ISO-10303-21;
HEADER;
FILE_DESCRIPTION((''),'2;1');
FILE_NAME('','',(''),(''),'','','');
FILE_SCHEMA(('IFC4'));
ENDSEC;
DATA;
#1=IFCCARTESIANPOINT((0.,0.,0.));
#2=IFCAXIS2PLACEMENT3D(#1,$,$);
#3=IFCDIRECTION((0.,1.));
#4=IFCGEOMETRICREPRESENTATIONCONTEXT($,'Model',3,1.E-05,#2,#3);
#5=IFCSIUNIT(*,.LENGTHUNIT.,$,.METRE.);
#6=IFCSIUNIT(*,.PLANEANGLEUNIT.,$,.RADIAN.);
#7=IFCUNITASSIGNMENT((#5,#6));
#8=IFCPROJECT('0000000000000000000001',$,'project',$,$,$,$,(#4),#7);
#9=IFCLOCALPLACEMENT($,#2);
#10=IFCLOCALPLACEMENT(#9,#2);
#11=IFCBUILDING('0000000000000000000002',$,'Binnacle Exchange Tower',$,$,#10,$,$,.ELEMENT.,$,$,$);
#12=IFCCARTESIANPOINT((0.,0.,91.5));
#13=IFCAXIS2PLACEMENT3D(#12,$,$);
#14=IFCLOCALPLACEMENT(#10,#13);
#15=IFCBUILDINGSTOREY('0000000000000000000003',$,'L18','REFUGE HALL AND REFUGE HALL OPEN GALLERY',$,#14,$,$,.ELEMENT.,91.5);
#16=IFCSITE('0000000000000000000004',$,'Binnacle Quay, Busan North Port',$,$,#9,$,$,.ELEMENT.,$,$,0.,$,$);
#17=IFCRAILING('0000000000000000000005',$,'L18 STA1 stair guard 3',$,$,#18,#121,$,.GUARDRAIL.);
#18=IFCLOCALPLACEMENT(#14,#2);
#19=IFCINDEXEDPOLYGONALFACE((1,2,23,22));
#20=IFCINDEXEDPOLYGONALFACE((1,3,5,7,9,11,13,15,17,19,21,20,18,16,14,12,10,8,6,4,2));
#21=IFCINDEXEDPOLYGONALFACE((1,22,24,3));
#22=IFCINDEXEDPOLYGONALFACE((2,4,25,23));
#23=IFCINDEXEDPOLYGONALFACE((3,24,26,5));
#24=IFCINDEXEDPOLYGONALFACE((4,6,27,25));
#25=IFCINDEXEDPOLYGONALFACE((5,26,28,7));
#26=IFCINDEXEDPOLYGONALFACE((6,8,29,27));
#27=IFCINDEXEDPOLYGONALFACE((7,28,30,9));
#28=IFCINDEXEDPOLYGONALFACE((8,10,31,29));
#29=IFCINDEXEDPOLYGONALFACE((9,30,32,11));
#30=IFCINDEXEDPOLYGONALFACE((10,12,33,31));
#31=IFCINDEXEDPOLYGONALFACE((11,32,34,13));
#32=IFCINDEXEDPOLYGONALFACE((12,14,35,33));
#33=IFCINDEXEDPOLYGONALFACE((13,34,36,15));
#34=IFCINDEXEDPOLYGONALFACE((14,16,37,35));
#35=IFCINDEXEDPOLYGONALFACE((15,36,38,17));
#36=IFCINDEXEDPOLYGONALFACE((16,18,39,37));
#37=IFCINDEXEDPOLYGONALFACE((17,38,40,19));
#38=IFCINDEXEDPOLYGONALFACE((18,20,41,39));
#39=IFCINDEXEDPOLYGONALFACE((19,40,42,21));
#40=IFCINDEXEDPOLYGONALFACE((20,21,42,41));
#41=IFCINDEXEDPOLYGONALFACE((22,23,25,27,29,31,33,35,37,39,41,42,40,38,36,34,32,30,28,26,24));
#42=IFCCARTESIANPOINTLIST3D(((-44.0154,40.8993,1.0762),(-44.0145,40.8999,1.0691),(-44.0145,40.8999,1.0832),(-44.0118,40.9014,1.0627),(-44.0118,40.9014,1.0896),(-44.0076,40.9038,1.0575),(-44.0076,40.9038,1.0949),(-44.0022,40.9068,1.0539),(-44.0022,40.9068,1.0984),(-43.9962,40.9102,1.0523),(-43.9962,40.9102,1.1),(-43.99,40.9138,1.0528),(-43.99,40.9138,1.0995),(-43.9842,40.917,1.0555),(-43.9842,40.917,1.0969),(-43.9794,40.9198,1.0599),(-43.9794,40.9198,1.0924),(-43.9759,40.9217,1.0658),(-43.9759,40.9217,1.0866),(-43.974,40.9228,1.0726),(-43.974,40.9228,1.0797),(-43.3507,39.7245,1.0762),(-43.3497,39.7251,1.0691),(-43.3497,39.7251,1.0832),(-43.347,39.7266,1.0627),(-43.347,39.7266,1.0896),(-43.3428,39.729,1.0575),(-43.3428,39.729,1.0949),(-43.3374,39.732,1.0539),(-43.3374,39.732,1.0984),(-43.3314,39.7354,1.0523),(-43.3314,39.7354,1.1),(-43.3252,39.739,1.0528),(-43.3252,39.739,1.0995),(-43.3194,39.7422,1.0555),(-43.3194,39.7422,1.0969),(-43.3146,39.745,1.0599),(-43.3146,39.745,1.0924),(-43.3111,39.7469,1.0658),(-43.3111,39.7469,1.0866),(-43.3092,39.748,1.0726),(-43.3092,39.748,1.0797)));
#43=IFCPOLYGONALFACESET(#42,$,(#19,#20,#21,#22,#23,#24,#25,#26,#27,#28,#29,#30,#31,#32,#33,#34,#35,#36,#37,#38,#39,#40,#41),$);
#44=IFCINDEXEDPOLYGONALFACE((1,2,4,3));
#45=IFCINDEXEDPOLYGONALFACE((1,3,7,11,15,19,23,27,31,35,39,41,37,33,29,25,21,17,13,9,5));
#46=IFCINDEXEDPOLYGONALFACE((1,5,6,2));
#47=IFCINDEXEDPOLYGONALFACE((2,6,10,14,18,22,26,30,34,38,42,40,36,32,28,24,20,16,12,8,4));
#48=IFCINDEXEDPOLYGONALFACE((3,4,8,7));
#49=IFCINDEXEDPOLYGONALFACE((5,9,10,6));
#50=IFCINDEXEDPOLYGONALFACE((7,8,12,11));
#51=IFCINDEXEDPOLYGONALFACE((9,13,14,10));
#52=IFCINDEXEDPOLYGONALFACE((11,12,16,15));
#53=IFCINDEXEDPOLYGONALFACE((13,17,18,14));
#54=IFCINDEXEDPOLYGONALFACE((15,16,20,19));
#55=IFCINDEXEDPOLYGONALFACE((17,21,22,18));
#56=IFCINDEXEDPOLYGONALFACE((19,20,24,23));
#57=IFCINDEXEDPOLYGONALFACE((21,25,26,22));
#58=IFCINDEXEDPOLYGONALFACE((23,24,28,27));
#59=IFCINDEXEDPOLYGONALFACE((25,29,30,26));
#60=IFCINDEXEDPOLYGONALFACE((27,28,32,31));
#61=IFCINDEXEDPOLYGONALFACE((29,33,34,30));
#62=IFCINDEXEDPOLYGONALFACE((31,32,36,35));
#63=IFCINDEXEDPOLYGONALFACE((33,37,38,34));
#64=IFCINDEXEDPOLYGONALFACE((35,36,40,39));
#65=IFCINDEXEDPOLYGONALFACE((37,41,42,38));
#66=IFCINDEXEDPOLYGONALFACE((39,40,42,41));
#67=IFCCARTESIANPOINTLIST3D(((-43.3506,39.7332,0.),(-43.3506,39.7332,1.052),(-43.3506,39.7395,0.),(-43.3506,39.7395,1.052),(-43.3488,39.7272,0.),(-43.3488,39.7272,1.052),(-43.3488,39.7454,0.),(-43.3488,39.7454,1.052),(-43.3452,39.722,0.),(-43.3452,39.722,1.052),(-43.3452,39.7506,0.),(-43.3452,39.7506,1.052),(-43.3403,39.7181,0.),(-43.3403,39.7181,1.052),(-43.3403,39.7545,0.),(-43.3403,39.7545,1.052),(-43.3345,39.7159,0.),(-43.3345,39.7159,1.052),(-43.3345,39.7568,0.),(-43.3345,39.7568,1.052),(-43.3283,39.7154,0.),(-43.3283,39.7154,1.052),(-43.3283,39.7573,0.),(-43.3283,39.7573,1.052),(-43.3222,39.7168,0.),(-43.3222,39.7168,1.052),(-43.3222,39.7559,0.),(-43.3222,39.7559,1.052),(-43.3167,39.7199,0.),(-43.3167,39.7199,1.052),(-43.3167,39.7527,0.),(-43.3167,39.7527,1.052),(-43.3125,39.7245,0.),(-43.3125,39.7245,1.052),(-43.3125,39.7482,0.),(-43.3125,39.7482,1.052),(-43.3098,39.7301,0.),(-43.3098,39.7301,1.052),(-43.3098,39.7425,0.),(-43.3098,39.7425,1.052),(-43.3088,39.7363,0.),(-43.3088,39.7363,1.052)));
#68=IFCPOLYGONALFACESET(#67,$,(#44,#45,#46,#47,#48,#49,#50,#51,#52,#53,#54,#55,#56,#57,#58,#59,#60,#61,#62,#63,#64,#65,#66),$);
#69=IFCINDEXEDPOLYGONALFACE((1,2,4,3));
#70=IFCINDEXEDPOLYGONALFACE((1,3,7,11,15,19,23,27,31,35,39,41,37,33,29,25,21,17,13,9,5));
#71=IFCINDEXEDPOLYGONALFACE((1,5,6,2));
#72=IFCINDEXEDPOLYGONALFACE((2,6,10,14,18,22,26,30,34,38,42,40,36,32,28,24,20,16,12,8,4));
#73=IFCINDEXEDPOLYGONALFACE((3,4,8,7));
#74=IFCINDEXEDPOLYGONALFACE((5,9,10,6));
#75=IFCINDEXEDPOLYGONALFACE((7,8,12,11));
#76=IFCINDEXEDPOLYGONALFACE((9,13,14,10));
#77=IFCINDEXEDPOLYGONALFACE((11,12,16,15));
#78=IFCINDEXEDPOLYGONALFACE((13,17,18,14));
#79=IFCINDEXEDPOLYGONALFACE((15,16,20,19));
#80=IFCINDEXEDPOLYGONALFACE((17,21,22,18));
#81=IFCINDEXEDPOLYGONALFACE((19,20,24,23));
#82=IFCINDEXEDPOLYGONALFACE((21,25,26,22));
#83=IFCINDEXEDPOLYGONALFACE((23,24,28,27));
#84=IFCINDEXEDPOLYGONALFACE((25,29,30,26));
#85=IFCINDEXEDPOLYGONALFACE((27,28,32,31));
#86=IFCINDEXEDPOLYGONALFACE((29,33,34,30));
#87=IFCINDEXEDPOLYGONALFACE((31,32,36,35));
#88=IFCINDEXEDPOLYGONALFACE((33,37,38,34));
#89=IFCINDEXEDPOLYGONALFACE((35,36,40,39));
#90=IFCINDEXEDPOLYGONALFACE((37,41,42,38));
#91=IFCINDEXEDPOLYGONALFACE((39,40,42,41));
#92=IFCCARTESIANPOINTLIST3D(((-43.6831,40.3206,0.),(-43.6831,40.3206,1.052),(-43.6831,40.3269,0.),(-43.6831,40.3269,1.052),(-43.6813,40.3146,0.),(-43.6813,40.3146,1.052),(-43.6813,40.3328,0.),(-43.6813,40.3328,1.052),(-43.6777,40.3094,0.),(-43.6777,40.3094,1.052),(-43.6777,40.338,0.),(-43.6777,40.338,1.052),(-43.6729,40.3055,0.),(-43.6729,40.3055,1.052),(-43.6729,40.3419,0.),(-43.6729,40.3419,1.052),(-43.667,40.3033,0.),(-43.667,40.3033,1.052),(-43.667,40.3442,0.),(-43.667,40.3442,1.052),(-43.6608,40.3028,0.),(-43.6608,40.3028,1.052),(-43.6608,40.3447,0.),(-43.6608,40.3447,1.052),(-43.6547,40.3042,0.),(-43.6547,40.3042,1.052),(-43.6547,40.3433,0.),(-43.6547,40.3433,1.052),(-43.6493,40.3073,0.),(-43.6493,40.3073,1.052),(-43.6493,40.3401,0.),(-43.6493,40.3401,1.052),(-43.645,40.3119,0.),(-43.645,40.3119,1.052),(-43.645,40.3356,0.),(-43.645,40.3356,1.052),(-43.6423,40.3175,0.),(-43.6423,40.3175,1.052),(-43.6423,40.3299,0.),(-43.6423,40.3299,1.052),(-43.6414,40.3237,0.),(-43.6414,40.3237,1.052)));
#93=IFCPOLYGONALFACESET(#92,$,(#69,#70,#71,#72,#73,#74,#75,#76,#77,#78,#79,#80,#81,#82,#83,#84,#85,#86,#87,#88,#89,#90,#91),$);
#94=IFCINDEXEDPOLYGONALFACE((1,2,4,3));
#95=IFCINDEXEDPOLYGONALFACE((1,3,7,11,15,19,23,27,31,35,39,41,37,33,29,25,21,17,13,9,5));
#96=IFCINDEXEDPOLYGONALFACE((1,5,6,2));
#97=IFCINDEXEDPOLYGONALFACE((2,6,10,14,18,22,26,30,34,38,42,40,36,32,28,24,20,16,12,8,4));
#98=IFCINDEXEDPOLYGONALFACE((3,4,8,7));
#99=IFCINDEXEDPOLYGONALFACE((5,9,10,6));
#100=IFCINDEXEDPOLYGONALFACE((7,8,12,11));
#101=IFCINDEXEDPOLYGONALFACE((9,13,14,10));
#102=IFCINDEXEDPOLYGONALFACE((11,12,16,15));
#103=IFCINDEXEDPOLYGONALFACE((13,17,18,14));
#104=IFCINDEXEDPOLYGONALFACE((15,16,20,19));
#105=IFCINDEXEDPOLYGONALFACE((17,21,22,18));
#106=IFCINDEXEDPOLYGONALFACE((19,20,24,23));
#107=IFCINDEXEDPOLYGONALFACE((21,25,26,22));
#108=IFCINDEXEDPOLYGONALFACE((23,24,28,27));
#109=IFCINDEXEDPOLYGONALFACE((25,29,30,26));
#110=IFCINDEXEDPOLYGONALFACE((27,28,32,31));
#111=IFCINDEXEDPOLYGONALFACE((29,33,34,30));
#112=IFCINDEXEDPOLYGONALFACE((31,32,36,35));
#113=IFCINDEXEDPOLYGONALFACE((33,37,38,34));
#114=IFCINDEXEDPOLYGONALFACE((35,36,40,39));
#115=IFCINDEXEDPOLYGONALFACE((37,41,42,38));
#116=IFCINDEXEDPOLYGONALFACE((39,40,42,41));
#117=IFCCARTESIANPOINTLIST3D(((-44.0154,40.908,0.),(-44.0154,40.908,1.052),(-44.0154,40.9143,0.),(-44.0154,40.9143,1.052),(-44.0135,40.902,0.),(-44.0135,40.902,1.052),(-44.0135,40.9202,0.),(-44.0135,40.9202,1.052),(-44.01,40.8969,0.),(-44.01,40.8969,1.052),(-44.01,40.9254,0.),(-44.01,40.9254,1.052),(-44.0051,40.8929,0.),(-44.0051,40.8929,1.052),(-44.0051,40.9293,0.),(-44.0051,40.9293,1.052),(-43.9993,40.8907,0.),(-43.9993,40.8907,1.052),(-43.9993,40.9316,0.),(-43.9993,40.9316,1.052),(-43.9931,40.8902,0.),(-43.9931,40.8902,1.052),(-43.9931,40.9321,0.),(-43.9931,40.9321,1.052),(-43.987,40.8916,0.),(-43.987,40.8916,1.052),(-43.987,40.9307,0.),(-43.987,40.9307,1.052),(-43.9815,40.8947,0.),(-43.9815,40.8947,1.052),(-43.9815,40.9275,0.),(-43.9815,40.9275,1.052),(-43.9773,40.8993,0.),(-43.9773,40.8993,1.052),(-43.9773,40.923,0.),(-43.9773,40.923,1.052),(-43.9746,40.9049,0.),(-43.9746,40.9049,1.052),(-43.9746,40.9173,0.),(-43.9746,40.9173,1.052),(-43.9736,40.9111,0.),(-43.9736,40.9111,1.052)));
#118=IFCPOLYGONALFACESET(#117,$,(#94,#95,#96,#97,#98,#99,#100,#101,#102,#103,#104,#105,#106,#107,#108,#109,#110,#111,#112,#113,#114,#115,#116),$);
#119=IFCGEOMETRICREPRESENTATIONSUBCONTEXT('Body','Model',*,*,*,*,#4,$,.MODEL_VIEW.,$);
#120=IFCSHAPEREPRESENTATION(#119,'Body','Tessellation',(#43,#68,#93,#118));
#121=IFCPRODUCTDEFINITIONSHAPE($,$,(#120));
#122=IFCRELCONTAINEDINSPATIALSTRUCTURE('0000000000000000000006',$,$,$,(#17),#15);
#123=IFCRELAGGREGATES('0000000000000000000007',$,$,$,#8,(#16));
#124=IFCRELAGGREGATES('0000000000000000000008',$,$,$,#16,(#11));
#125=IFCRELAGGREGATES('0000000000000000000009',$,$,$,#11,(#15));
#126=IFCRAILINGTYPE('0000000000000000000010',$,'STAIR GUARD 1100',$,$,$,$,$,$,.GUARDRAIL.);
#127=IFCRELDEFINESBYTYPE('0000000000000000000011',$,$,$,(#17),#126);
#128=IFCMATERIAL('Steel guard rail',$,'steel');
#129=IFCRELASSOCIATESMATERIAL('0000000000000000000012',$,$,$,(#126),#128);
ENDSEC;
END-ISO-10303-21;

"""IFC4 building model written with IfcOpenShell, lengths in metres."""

from ifc_helpers import new_model, si_unit, direction, frame, origin, origin_2d, place, context, subcontext, project, spatial, circle, extrude, material, type_object, element, save


model = new_model("IFC4")

# Units and contexts
model_context = context("Model", 3, precision=1e-05, world=origin(), true_north=direction((0.0, 1.0)))
body_context = subcontext(model_context, "Body", "Model", "MODEL_VIEW")
ifc_project = project(units=[si_unit("LENGTHUNIT", "METRE"), si_unit("PLANEANGLEUNIT", "RADIAN")], contexts=[model_context])

# Site, building, storey
site_placement = place(None, origin())
site = spatial("IfcSite", under=ifc_project, at=site_placement, Name="Binnacle Quay, Busan North Port", CompositionType="ELEMENT", RefElevation=0.0)
building_placement = place(site_placement, origin())
building = spatial("IfcBuilding", under=site, at=building_placement, Name="Binnacle Exchange Tower", CompositionType="ELEMENT")
storey_placement = place(building_placement, frame((0.0, 0.0, 91.5)))
storey = spatial("IfcBuildingStorey", under=building, at=storey_placement, Name="L18", Description="REFUGE HALL AND REFUGE HALL OPEN GALLERY", CompositionType="ELEMENT", Elevation=91.5)

# Railing
ifc_material_1 = material(Name="Steel guard rail", Category="steel")
railing_type_1 = type_object("IfcRailingType", Name="STAIR GUARD 1100", PredefinedType="GUARDRAIL", material=ifc_material_1)
railing_1_placement = place(storey_placement, frame((-43.3298, 39.7363, 0.0)))
element("IfcRailing", 1, at=railing_1_placement, inside=storey, type_object=railing_type_1, Name="L18 STA1 stair guard 3", PredefinedType="GUARDRAIL", context=body_context, shape_type="SweptSolid", body=[
    extrude(circle(Radius=0.0239, at=origin_2d()), frame((0.0, 0.0, 1.0762), z_axis=(-0.492492, 0.870317, 0.0), x_axis=(-0.870317, -0.492492, 0.0)), (0.0, 0.0, 1.0), 1.3499),
    extrude(circle(Radius=0.021, at=origin_2d()), origin(), (0.0, 0.0, 1.0), 1.052),
    extrude(circle(Radius=0.021, at=origin_2d()), frame((-0.3325, 0.5874, 0.0)), (0.0, 0.0, 1.0), 1.052),
    extrude(circle(Radius=0.021, at=origin_2d()), frame((-0.6648, 1.1748, 0.0)), (0.0, 0.0, 1.0), 1.052),
])

save(model, "model.ifc")
